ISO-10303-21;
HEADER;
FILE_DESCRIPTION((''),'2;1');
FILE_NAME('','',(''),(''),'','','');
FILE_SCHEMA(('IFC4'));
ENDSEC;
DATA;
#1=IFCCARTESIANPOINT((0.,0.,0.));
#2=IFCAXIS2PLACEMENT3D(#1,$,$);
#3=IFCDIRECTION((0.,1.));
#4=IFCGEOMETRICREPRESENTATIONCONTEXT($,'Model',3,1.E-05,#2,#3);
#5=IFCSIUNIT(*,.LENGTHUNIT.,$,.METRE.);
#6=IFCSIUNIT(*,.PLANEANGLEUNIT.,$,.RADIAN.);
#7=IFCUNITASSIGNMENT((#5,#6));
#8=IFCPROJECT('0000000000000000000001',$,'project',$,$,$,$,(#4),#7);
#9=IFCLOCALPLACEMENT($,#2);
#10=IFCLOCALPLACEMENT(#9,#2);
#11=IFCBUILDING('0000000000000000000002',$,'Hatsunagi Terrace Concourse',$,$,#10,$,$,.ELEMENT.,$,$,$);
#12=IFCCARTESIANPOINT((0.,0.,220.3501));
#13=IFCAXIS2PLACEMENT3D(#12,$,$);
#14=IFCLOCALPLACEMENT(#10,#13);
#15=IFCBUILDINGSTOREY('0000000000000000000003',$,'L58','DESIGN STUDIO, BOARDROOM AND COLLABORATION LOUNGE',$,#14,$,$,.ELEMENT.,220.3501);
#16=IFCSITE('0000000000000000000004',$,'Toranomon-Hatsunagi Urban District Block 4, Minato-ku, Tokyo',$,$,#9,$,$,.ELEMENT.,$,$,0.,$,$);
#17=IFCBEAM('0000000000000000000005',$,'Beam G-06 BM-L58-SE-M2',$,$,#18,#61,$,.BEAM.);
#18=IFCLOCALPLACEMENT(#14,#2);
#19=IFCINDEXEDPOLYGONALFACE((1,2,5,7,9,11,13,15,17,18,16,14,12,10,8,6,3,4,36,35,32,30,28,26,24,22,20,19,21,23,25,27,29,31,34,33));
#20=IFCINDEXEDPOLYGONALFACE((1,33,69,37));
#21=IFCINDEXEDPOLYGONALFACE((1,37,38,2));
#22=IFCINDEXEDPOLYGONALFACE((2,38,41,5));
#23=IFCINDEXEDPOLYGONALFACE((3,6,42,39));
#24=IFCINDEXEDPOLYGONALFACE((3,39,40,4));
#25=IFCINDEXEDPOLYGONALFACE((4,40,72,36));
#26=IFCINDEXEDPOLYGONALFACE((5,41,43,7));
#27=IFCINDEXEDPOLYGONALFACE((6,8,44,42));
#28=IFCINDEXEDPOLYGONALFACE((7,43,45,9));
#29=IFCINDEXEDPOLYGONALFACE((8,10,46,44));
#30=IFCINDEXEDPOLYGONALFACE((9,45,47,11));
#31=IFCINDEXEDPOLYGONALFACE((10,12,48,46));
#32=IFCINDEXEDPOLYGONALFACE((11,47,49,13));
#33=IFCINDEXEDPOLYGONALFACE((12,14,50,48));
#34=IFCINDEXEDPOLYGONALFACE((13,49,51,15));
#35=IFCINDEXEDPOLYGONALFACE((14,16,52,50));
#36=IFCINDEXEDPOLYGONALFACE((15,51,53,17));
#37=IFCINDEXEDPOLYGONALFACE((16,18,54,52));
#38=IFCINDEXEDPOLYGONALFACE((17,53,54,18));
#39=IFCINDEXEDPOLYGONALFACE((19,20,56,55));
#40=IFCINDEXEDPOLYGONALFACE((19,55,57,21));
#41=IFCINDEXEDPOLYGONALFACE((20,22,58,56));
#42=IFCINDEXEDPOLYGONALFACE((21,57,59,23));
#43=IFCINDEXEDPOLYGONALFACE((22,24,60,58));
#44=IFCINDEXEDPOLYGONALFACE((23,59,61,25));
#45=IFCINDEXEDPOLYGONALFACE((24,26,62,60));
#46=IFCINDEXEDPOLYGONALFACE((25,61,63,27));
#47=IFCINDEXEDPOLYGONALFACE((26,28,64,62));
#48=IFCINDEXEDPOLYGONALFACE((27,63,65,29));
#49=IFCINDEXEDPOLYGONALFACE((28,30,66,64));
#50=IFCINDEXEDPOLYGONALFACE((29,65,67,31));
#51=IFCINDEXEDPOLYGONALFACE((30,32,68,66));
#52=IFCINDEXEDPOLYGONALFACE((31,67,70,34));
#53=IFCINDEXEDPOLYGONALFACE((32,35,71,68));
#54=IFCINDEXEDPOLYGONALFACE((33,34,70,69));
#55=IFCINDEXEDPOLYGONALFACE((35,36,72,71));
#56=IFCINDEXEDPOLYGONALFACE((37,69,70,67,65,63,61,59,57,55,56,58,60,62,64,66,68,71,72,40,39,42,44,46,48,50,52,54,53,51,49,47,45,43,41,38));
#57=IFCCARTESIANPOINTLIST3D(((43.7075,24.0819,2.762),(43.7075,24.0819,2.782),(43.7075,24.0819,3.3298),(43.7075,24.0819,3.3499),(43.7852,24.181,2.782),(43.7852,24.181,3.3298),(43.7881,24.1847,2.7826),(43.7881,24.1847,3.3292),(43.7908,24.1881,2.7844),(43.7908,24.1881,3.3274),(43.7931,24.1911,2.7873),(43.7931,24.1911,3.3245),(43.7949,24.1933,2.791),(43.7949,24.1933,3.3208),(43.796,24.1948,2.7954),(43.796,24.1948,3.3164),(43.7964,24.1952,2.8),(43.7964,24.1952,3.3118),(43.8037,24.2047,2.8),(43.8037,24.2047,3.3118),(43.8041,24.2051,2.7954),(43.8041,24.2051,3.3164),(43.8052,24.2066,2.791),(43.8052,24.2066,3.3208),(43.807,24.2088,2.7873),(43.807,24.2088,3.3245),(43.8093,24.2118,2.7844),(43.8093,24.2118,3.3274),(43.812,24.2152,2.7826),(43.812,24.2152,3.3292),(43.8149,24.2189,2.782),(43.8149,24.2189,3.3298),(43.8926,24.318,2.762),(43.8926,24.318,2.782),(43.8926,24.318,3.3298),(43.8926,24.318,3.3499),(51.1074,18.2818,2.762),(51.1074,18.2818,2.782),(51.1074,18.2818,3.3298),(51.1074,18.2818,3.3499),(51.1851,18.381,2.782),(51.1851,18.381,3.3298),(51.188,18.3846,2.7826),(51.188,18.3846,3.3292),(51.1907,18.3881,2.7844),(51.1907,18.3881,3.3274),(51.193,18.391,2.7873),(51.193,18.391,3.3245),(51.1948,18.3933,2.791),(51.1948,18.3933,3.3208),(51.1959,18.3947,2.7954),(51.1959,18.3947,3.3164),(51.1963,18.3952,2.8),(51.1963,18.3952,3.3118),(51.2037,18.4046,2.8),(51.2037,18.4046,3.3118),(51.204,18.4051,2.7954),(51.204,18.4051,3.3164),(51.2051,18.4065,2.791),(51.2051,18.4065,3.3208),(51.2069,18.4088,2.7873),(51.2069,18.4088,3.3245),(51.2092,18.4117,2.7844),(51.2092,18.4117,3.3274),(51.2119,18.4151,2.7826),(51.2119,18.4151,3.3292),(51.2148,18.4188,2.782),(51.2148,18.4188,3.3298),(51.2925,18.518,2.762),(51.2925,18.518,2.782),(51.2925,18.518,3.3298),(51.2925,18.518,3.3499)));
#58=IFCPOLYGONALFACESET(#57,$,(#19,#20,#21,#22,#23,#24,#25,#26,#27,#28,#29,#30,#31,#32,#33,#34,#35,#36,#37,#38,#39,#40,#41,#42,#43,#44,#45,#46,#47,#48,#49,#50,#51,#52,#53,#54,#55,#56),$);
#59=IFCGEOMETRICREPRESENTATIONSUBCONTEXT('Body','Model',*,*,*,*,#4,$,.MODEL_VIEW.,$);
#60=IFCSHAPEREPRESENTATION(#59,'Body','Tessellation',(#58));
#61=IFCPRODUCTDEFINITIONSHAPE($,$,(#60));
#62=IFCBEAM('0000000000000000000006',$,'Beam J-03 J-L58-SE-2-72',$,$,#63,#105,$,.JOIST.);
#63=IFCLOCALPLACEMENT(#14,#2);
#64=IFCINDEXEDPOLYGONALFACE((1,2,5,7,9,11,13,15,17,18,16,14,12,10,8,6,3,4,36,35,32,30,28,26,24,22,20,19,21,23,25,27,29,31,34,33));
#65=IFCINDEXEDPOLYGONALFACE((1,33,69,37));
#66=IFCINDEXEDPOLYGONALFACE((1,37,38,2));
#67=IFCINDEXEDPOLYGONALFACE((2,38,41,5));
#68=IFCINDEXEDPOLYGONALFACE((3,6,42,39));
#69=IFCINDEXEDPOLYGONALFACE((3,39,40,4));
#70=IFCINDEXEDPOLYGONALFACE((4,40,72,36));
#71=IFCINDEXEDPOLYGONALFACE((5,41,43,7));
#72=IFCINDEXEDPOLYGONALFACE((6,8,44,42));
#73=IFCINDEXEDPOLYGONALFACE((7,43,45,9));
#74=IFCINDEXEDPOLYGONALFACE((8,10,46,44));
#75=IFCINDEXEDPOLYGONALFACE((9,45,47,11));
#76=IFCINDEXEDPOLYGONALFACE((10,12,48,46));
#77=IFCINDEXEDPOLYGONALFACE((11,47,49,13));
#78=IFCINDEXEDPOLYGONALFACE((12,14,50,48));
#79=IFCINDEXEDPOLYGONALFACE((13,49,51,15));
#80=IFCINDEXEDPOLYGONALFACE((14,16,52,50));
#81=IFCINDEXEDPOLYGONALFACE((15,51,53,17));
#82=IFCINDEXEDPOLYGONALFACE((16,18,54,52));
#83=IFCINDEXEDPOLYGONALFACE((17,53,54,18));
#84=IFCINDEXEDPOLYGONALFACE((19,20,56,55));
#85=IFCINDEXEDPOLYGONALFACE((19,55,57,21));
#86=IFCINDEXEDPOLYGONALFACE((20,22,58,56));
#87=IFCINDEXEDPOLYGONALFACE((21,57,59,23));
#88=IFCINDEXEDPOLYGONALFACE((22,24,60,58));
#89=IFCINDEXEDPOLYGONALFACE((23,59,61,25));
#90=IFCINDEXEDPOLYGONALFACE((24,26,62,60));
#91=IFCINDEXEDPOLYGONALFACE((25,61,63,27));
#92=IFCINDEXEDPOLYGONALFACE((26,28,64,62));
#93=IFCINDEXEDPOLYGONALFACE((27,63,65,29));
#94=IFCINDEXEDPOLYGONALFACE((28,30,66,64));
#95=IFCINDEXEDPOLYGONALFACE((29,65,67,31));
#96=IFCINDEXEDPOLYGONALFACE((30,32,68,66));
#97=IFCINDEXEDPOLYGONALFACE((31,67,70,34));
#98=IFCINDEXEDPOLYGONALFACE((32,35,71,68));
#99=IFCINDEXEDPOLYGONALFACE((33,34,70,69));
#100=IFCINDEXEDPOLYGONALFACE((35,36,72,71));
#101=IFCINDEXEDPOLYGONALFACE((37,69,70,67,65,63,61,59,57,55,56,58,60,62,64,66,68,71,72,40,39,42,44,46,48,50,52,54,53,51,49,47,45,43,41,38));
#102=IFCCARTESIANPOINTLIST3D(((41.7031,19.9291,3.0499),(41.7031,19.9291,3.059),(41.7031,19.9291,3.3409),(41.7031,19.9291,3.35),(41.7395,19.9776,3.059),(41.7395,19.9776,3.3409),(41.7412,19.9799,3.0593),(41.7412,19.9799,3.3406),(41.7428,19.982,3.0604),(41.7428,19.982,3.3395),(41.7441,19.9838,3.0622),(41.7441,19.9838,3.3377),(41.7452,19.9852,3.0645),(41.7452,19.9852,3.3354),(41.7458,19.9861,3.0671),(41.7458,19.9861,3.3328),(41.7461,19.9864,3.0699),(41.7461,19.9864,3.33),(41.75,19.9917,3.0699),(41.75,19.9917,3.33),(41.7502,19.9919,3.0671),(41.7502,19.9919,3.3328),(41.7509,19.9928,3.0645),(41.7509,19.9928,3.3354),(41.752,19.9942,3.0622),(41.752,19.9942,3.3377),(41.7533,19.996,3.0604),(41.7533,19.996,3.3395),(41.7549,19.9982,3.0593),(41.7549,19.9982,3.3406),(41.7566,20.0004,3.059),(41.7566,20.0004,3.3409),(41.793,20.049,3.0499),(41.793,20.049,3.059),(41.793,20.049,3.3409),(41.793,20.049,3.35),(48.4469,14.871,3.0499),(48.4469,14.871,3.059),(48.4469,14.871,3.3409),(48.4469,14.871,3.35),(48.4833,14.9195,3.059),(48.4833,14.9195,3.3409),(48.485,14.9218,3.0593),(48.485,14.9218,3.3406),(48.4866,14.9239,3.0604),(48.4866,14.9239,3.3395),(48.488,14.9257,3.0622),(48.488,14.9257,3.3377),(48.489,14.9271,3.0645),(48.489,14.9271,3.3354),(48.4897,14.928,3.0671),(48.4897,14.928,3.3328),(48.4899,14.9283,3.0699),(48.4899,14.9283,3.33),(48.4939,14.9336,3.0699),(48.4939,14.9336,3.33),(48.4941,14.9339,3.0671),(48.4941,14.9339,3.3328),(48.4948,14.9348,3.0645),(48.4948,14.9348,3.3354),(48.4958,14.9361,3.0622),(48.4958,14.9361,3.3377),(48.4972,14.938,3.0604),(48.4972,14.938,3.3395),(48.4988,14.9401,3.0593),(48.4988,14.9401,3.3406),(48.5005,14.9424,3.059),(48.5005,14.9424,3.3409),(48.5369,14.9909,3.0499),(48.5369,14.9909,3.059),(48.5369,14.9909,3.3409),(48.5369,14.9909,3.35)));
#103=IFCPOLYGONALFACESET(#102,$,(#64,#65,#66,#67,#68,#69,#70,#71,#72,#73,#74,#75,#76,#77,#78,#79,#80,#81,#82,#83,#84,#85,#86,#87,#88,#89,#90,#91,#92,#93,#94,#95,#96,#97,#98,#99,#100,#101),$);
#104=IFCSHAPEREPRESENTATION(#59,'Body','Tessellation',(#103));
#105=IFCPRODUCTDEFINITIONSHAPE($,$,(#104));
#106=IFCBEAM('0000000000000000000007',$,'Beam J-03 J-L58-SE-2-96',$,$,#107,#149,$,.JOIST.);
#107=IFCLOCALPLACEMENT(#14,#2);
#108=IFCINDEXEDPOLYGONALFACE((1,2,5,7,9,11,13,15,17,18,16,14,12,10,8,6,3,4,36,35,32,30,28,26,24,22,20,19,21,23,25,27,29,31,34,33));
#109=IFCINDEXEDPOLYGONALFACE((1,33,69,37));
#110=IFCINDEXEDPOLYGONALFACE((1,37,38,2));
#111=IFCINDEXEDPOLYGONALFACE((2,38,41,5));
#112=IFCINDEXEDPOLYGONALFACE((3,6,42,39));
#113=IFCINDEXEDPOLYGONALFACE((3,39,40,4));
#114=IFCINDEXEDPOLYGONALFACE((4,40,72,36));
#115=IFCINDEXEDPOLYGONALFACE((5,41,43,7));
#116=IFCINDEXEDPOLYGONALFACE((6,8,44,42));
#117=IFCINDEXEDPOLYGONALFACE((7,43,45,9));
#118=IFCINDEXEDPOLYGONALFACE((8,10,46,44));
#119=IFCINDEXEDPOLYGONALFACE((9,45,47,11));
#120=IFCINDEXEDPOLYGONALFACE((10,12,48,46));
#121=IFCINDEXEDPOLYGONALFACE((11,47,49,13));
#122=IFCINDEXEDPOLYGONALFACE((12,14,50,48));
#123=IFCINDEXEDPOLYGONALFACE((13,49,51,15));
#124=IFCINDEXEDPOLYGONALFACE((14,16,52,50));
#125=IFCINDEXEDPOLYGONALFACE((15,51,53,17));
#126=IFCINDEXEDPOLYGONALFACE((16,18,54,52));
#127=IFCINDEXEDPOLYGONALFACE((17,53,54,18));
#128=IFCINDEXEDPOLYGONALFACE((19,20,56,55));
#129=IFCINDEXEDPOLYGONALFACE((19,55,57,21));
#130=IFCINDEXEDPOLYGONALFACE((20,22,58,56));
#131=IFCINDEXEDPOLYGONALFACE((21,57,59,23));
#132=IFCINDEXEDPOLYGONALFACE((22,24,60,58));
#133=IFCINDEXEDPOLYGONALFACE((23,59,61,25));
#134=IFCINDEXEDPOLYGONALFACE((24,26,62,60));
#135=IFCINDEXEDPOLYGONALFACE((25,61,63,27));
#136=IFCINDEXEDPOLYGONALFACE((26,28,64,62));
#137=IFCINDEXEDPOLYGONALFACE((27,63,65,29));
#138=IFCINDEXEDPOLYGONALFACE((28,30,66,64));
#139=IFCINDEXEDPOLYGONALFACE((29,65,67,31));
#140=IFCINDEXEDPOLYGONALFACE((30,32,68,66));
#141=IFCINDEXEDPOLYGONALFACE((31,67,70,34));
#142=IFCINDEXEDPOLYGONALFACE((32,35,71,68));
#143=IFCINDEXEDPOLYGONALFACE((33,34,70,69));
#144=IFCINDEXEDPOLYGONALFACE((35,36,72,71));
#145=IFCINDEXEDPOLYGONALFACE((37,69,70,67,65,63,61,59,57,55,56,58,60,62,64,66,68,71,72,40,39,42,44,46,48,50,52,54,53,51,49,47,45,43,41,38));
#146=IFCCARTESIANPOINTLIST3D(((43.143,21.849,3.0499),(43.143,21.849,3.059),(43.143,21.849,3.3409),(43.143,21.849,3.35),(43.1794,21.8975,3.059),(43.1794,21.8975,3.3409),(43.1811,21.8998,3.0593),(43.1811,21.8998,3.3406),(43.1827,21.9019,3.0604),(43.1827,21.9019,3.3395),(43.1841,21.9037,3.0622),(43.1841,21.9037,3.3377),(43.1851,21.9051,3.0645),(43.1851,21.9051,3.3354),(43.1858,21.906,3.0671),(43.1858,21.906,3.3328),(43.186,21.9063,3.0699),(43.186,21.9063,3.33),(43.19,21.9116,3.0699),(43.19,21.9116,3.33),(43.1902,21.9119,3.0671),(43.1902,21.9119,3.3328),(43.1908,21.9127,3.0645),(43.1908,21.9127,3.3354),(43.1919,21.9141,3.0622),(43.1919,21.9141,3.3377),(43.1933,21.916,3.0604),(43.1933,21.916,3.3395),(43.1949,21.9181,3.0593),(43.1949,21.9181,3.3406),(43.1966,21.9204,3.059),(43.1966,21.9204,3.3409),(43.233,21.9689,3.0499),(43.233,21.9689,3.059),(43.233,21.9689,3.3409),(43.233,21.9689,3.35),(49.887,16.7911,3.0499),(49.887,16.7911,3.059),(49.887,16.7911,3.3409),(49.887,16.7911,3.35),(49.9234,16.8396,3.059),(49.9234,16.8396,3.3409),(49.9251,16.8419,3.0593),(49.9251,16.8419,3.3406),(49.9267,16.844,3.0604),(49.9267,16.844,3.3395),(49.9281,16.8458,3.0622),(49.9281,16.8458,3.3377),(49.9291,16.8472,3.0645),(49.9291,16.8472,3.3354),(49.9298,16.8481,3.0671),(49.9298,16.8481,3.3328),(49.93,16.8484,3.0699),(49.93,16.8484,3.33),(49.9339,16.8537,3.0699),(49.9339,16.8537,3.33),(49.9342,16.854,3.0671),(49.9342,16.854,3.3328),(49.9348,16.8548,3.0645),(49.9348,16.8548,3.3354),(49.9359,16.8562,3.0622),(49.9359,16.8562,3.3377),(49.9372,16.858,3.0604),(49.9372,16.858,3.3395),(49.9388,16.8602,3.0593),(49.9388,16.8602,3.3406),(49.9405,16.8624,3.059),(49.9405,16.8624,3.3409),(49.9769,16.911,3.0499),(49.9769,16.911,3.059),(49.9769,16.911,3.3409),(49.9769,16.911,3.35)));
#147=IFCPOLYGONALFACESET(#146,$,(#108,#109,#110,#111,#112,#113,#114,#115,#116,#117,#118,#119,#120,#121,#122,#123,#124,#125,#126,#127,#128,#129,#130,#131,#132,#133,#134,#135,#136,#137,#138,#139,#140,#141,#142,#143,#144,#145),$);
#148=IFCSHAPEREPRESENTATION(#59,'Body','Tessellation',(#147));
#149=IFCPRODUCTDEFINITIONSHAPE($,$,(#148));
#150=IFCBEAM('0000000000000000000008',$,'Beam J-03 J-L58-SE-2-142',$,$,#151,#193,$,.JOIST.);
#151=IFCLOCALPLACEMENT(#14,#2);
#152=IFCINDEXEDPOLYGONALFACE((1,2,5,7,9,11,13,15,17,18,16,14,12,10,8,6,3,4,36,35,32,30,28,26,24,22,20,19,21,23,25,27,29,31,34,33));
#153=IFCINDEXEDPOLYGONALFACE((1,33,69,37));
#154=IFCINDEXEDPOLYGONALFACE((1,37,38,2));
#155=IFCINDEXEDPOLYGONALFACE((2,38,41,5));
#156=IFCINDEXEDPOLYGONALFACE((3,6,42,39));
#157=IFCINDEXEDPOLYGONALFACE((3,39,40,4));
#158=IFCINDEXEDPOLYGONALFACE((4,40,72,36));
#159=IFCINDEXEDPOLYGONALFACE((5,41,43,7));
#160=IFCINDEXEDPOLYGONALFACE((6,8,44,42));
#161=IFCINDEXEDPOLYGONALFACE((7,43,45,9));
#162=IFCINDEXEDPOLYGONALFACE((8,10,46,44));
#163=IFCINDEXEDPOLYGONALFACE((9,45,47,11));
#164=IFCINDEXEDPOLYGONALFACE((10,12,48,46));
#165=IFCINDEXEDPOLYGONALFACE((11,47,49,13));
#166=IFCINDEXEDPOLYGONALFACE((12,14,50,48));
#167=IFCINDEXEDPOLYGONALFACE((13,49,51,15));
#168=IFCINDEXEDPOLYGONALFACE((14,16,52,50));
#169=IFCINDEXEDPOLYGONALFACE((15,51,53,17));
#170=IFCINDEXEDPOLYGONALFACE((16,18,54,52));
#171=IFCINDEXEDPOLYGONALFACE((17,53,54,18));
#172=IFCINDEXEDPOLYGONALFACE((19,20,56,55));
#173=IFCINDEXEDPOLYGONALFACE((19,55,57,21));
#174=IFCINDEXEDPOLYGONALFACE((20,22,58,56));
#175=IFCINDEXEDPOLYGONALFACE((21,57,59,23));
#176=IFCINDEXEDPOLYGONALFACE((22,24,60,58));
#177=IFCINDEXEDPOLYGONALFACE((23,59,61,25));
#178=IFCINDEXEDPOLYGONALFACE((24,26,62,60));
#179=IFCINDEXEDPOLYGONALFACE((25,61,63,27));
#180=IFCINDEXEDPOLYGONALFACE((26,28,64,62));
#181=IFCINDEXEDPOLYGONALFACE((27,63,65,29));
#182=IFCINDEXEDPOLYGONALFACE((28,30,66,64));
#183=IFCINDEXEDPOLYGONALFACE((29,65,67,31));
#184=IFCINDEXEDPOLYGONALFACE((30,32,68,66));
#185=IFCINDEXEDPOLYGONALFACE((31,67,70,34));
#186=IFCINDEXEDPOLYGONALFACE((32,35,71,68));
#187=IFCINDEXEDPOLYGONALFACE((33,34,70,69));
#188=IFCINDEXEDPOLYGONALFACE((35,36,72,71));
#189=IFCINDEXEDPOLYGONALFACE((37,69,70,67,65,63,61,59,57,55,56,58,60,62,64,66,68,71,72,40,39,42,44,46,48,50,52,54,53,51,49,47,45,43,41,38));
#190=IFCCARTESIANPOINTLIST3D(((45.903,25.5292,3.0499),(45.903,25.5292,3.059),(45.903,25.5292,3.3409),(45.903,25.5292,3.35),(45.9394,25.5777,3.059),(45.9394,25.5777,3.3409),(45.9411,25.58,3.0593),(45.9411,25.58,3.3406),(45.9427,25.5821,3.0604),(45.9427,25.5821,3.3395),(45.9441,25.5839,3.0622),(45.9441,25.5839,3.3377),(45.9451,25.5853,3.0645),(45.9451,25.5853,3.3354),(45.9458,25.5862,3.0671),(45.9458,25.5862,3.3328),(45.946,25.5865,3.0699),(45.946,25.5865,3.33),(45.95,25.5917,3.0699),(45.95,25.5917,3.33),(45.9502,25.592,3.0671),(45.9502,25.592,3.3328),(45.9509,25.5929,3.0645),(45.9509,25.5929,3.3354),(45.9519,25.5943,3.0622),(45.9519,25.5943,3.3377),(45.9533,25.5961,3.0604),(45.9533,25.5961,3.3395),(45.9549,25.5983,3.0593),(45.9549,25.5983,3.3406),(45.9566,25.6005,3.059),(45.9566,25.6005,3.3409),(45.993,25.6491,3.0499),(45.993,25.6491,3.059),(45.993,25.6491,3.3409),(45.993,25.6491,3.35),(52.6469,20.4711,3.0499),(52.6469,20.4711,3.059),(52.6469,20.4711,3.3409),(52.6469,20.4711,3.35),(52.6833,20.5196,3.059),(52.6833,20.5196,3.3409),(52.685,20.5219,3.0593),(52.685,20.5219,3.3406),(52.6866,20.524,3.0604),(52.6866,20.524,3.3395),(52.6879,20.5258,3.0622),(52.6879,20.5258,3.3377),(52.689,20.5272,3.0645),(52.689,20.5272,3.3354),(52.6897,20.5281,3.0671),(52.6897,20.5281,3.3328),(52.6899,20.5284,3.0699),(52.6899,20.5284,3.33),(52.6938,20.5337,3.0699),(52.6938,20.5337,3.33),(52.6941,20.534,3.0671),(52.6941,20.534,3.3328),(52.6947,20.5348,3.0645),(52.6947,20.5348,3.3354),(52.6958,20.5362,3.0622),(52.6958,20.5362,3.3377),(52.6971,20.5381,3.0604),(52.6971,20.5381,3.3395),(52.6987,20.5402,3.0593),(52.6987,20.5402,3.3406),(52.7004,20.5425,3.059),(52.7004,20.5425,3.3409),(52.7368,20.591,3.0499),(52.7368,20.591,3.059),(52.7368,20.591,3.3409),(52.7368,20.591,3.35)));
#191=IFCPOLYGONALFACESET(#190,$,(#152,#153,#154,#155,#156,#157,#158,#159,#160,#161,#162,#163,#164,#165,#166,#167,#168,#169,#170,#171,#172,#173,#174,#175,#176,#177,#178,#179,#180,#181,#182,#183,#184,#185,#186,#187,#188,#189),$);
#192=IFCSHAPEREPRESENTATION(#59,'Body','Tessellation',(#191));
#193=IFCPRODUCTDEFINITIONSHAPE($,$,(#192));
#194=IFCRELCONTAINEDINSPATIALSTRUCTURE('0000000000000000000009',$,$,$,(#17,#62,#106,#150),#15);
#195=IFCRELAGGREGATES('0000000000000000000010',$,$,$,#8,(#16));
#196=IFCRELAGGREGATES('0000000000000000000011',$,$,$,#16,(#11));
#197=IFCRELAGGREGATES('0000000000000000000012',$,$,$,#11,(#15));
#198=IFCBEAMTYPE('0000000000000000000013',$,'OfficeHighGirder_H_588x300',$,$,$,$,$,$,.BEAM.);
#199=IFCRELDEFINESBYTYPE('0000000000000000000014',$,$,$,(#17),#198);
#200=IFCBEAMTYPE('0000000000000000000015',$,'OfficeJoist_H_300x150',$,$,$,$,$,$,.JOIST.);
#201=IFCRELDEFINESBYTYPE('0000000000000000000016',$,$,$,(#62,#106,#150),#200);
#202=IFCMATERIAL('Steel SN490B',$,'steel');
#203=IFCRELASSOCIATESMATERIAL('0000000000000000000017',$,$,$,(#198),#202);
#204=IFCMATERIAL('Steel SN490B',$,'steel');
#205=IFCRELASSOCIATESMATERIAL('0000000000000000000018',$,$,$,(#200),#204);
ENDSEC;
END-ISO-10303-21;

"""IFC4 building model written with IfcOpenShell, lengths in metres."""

from ifc_helpers import new_model, si_unit, direction, frame, origin, origin_2d, place, context, subcontext, project, spatial, i_section, extrude, material, material_profile, profile_set, type_object, element, save


model = new_model("IFC4")

# Units and contexts
model_context = context("Model", 3, precision=1e-05, world=origin(), true_north=direction((0.0, 1.0)))
body_context = subcontext(model_context, "Body", "Model", "MODEL_VIEW")
ifc_project = project(units=[si_unit("LENGTHUNIT", "METRE"), si_unit("PLANEANGLEUNIT", "RADIAN")], contexts=[model_context])

# Site, building, storey
site_placement = place(None, origin())
site = spatial("IfcSite", under=ifc_project, at=site_placement, Name="Toranomon-Hatsunagi Urban District Block 4, Minato-ku, Tokyo", CompositionType="ELEMENT", RefElevation=0.0)
building_placement = place(site_placement, origin())
building = spatial("IfcBuilding", under=site, at=building_placement, Name="Hatsunagi Terrace Concourse", CompositionType="ELEMENT")
storey_placement = place(building_placement, frame((0.0, 0.0, 220.3501)))
storey = spatial("IfcBuildingStorey", under=building, at=storey_placement, Name="L58", Description="DESIGN STUDIO, BOARDROOM AND COLLABORATION LOUNGE", CompositionType="ELEMENT", Elevation=220.3501)

# Beams
ifc_material_1 = material(Name="Steel SN490B", Category="steel")
ifc_material_profile_1 = material_profile(ifc_material_1, i_section(OverallWidth=0.3, OverallDepth=0.5879, WebThickness=0.012, FlangeThickness=0.02, FilletRadius=0.0181, at=origin_2d()), Name="H-588x300x12x20")
ifc_profile_set_1 = profile_set([ifc_material_profile_1], Name="Steel SN490B")
beam_type_1 = type_object("IfcBeamType", Name="OfficeHighGirder_H_588x300", PredefinedType="BEAM", material=ifc_profile_set_1)
beam_1_placement = place(storey_placement, frame((43.8, 24.2, 3.0559), z_axis=(0.787049, -0.61689, 0.0), x_axis=(0.61689, 0.787049, 0.0)))
element("IfcBeam", 1, at=beam_1_placement, inside=storey, type_object=beam_type_1, Name="Beam G-06 BM-L58-SE-M2", PredefinedType="BEAM", context=body_context, shape_type="SweptSolid", body=[
    extrude(i_section(OverallWidth=0.3, OverallDepth=0.5879, WebThickness=0.012, FlangeThickness=0.02, FilletRadius=0.0181, at=origin_2d()), origin(), (0.0, 0.0, 1.0), 9.4021),
])
ifc_material_2 = material(Name="Steel SN490B", Category="steel")
ifc_material_profile_2 = material_profile(ifc_material_2, i_section(OverallWidth=0.1499, OverallDepth=0.3, WebThickness=0.0066, FlangeThickness=0.009, FilletRadius=0.011, at=origin_2d()), Name="H-300x150x6.5x9")
ifc_profile_set_2 = profile_set([ifc_material_profile_2], Name="Steel SN490B")
beam_type_2 = type_object("IfcBeamType", Name="OfficeJoist_H_300x150", PredefinedType="JOIST", material=ifc_profile_set_2)
for number, where, z_axis, x_axis, name in (
    (2, (41.748, 19.989, 3.2), (0.79999, -0.600014, 0.0), (0.600014, 0.79999, 0.0), "Beam J-03 J-L58-SE-2-72"),
    (3, (43.188, 21.9089, 3.2), (0.800003, -0.599995, 0.0), (0.599995, 0.800003, 0.0), "Beam J-03 J-L58-SE-2-96"),
    (4, (45.948, 25.5891, 3.2), (0.79999, -0.600014, 0.0), (0.600014, 0.79999, 0.0), "Beam J-03 J-L58-SE-2-142"),
):
    element("IfcBeam", number, at=place(storey_placement, frame(where, z_axis=z_axis, x_axis=x_axis)), inside=storey, type_object=beam_type_2, Name=name, PredefinedType="JOIST", context=body_context, shape_type="SweptSolid", body=[
        extrude(i_section(OverallWidth=0.1499, OverallDepth=0.3, WebThickness=0.0066, FlangeThickness=0.009, FilletRadius=0.011, at=origin_2d()), origin(), (0.0, 0.0, 1.0), 8.4299),
    ])

save(model, "model.ifc")
